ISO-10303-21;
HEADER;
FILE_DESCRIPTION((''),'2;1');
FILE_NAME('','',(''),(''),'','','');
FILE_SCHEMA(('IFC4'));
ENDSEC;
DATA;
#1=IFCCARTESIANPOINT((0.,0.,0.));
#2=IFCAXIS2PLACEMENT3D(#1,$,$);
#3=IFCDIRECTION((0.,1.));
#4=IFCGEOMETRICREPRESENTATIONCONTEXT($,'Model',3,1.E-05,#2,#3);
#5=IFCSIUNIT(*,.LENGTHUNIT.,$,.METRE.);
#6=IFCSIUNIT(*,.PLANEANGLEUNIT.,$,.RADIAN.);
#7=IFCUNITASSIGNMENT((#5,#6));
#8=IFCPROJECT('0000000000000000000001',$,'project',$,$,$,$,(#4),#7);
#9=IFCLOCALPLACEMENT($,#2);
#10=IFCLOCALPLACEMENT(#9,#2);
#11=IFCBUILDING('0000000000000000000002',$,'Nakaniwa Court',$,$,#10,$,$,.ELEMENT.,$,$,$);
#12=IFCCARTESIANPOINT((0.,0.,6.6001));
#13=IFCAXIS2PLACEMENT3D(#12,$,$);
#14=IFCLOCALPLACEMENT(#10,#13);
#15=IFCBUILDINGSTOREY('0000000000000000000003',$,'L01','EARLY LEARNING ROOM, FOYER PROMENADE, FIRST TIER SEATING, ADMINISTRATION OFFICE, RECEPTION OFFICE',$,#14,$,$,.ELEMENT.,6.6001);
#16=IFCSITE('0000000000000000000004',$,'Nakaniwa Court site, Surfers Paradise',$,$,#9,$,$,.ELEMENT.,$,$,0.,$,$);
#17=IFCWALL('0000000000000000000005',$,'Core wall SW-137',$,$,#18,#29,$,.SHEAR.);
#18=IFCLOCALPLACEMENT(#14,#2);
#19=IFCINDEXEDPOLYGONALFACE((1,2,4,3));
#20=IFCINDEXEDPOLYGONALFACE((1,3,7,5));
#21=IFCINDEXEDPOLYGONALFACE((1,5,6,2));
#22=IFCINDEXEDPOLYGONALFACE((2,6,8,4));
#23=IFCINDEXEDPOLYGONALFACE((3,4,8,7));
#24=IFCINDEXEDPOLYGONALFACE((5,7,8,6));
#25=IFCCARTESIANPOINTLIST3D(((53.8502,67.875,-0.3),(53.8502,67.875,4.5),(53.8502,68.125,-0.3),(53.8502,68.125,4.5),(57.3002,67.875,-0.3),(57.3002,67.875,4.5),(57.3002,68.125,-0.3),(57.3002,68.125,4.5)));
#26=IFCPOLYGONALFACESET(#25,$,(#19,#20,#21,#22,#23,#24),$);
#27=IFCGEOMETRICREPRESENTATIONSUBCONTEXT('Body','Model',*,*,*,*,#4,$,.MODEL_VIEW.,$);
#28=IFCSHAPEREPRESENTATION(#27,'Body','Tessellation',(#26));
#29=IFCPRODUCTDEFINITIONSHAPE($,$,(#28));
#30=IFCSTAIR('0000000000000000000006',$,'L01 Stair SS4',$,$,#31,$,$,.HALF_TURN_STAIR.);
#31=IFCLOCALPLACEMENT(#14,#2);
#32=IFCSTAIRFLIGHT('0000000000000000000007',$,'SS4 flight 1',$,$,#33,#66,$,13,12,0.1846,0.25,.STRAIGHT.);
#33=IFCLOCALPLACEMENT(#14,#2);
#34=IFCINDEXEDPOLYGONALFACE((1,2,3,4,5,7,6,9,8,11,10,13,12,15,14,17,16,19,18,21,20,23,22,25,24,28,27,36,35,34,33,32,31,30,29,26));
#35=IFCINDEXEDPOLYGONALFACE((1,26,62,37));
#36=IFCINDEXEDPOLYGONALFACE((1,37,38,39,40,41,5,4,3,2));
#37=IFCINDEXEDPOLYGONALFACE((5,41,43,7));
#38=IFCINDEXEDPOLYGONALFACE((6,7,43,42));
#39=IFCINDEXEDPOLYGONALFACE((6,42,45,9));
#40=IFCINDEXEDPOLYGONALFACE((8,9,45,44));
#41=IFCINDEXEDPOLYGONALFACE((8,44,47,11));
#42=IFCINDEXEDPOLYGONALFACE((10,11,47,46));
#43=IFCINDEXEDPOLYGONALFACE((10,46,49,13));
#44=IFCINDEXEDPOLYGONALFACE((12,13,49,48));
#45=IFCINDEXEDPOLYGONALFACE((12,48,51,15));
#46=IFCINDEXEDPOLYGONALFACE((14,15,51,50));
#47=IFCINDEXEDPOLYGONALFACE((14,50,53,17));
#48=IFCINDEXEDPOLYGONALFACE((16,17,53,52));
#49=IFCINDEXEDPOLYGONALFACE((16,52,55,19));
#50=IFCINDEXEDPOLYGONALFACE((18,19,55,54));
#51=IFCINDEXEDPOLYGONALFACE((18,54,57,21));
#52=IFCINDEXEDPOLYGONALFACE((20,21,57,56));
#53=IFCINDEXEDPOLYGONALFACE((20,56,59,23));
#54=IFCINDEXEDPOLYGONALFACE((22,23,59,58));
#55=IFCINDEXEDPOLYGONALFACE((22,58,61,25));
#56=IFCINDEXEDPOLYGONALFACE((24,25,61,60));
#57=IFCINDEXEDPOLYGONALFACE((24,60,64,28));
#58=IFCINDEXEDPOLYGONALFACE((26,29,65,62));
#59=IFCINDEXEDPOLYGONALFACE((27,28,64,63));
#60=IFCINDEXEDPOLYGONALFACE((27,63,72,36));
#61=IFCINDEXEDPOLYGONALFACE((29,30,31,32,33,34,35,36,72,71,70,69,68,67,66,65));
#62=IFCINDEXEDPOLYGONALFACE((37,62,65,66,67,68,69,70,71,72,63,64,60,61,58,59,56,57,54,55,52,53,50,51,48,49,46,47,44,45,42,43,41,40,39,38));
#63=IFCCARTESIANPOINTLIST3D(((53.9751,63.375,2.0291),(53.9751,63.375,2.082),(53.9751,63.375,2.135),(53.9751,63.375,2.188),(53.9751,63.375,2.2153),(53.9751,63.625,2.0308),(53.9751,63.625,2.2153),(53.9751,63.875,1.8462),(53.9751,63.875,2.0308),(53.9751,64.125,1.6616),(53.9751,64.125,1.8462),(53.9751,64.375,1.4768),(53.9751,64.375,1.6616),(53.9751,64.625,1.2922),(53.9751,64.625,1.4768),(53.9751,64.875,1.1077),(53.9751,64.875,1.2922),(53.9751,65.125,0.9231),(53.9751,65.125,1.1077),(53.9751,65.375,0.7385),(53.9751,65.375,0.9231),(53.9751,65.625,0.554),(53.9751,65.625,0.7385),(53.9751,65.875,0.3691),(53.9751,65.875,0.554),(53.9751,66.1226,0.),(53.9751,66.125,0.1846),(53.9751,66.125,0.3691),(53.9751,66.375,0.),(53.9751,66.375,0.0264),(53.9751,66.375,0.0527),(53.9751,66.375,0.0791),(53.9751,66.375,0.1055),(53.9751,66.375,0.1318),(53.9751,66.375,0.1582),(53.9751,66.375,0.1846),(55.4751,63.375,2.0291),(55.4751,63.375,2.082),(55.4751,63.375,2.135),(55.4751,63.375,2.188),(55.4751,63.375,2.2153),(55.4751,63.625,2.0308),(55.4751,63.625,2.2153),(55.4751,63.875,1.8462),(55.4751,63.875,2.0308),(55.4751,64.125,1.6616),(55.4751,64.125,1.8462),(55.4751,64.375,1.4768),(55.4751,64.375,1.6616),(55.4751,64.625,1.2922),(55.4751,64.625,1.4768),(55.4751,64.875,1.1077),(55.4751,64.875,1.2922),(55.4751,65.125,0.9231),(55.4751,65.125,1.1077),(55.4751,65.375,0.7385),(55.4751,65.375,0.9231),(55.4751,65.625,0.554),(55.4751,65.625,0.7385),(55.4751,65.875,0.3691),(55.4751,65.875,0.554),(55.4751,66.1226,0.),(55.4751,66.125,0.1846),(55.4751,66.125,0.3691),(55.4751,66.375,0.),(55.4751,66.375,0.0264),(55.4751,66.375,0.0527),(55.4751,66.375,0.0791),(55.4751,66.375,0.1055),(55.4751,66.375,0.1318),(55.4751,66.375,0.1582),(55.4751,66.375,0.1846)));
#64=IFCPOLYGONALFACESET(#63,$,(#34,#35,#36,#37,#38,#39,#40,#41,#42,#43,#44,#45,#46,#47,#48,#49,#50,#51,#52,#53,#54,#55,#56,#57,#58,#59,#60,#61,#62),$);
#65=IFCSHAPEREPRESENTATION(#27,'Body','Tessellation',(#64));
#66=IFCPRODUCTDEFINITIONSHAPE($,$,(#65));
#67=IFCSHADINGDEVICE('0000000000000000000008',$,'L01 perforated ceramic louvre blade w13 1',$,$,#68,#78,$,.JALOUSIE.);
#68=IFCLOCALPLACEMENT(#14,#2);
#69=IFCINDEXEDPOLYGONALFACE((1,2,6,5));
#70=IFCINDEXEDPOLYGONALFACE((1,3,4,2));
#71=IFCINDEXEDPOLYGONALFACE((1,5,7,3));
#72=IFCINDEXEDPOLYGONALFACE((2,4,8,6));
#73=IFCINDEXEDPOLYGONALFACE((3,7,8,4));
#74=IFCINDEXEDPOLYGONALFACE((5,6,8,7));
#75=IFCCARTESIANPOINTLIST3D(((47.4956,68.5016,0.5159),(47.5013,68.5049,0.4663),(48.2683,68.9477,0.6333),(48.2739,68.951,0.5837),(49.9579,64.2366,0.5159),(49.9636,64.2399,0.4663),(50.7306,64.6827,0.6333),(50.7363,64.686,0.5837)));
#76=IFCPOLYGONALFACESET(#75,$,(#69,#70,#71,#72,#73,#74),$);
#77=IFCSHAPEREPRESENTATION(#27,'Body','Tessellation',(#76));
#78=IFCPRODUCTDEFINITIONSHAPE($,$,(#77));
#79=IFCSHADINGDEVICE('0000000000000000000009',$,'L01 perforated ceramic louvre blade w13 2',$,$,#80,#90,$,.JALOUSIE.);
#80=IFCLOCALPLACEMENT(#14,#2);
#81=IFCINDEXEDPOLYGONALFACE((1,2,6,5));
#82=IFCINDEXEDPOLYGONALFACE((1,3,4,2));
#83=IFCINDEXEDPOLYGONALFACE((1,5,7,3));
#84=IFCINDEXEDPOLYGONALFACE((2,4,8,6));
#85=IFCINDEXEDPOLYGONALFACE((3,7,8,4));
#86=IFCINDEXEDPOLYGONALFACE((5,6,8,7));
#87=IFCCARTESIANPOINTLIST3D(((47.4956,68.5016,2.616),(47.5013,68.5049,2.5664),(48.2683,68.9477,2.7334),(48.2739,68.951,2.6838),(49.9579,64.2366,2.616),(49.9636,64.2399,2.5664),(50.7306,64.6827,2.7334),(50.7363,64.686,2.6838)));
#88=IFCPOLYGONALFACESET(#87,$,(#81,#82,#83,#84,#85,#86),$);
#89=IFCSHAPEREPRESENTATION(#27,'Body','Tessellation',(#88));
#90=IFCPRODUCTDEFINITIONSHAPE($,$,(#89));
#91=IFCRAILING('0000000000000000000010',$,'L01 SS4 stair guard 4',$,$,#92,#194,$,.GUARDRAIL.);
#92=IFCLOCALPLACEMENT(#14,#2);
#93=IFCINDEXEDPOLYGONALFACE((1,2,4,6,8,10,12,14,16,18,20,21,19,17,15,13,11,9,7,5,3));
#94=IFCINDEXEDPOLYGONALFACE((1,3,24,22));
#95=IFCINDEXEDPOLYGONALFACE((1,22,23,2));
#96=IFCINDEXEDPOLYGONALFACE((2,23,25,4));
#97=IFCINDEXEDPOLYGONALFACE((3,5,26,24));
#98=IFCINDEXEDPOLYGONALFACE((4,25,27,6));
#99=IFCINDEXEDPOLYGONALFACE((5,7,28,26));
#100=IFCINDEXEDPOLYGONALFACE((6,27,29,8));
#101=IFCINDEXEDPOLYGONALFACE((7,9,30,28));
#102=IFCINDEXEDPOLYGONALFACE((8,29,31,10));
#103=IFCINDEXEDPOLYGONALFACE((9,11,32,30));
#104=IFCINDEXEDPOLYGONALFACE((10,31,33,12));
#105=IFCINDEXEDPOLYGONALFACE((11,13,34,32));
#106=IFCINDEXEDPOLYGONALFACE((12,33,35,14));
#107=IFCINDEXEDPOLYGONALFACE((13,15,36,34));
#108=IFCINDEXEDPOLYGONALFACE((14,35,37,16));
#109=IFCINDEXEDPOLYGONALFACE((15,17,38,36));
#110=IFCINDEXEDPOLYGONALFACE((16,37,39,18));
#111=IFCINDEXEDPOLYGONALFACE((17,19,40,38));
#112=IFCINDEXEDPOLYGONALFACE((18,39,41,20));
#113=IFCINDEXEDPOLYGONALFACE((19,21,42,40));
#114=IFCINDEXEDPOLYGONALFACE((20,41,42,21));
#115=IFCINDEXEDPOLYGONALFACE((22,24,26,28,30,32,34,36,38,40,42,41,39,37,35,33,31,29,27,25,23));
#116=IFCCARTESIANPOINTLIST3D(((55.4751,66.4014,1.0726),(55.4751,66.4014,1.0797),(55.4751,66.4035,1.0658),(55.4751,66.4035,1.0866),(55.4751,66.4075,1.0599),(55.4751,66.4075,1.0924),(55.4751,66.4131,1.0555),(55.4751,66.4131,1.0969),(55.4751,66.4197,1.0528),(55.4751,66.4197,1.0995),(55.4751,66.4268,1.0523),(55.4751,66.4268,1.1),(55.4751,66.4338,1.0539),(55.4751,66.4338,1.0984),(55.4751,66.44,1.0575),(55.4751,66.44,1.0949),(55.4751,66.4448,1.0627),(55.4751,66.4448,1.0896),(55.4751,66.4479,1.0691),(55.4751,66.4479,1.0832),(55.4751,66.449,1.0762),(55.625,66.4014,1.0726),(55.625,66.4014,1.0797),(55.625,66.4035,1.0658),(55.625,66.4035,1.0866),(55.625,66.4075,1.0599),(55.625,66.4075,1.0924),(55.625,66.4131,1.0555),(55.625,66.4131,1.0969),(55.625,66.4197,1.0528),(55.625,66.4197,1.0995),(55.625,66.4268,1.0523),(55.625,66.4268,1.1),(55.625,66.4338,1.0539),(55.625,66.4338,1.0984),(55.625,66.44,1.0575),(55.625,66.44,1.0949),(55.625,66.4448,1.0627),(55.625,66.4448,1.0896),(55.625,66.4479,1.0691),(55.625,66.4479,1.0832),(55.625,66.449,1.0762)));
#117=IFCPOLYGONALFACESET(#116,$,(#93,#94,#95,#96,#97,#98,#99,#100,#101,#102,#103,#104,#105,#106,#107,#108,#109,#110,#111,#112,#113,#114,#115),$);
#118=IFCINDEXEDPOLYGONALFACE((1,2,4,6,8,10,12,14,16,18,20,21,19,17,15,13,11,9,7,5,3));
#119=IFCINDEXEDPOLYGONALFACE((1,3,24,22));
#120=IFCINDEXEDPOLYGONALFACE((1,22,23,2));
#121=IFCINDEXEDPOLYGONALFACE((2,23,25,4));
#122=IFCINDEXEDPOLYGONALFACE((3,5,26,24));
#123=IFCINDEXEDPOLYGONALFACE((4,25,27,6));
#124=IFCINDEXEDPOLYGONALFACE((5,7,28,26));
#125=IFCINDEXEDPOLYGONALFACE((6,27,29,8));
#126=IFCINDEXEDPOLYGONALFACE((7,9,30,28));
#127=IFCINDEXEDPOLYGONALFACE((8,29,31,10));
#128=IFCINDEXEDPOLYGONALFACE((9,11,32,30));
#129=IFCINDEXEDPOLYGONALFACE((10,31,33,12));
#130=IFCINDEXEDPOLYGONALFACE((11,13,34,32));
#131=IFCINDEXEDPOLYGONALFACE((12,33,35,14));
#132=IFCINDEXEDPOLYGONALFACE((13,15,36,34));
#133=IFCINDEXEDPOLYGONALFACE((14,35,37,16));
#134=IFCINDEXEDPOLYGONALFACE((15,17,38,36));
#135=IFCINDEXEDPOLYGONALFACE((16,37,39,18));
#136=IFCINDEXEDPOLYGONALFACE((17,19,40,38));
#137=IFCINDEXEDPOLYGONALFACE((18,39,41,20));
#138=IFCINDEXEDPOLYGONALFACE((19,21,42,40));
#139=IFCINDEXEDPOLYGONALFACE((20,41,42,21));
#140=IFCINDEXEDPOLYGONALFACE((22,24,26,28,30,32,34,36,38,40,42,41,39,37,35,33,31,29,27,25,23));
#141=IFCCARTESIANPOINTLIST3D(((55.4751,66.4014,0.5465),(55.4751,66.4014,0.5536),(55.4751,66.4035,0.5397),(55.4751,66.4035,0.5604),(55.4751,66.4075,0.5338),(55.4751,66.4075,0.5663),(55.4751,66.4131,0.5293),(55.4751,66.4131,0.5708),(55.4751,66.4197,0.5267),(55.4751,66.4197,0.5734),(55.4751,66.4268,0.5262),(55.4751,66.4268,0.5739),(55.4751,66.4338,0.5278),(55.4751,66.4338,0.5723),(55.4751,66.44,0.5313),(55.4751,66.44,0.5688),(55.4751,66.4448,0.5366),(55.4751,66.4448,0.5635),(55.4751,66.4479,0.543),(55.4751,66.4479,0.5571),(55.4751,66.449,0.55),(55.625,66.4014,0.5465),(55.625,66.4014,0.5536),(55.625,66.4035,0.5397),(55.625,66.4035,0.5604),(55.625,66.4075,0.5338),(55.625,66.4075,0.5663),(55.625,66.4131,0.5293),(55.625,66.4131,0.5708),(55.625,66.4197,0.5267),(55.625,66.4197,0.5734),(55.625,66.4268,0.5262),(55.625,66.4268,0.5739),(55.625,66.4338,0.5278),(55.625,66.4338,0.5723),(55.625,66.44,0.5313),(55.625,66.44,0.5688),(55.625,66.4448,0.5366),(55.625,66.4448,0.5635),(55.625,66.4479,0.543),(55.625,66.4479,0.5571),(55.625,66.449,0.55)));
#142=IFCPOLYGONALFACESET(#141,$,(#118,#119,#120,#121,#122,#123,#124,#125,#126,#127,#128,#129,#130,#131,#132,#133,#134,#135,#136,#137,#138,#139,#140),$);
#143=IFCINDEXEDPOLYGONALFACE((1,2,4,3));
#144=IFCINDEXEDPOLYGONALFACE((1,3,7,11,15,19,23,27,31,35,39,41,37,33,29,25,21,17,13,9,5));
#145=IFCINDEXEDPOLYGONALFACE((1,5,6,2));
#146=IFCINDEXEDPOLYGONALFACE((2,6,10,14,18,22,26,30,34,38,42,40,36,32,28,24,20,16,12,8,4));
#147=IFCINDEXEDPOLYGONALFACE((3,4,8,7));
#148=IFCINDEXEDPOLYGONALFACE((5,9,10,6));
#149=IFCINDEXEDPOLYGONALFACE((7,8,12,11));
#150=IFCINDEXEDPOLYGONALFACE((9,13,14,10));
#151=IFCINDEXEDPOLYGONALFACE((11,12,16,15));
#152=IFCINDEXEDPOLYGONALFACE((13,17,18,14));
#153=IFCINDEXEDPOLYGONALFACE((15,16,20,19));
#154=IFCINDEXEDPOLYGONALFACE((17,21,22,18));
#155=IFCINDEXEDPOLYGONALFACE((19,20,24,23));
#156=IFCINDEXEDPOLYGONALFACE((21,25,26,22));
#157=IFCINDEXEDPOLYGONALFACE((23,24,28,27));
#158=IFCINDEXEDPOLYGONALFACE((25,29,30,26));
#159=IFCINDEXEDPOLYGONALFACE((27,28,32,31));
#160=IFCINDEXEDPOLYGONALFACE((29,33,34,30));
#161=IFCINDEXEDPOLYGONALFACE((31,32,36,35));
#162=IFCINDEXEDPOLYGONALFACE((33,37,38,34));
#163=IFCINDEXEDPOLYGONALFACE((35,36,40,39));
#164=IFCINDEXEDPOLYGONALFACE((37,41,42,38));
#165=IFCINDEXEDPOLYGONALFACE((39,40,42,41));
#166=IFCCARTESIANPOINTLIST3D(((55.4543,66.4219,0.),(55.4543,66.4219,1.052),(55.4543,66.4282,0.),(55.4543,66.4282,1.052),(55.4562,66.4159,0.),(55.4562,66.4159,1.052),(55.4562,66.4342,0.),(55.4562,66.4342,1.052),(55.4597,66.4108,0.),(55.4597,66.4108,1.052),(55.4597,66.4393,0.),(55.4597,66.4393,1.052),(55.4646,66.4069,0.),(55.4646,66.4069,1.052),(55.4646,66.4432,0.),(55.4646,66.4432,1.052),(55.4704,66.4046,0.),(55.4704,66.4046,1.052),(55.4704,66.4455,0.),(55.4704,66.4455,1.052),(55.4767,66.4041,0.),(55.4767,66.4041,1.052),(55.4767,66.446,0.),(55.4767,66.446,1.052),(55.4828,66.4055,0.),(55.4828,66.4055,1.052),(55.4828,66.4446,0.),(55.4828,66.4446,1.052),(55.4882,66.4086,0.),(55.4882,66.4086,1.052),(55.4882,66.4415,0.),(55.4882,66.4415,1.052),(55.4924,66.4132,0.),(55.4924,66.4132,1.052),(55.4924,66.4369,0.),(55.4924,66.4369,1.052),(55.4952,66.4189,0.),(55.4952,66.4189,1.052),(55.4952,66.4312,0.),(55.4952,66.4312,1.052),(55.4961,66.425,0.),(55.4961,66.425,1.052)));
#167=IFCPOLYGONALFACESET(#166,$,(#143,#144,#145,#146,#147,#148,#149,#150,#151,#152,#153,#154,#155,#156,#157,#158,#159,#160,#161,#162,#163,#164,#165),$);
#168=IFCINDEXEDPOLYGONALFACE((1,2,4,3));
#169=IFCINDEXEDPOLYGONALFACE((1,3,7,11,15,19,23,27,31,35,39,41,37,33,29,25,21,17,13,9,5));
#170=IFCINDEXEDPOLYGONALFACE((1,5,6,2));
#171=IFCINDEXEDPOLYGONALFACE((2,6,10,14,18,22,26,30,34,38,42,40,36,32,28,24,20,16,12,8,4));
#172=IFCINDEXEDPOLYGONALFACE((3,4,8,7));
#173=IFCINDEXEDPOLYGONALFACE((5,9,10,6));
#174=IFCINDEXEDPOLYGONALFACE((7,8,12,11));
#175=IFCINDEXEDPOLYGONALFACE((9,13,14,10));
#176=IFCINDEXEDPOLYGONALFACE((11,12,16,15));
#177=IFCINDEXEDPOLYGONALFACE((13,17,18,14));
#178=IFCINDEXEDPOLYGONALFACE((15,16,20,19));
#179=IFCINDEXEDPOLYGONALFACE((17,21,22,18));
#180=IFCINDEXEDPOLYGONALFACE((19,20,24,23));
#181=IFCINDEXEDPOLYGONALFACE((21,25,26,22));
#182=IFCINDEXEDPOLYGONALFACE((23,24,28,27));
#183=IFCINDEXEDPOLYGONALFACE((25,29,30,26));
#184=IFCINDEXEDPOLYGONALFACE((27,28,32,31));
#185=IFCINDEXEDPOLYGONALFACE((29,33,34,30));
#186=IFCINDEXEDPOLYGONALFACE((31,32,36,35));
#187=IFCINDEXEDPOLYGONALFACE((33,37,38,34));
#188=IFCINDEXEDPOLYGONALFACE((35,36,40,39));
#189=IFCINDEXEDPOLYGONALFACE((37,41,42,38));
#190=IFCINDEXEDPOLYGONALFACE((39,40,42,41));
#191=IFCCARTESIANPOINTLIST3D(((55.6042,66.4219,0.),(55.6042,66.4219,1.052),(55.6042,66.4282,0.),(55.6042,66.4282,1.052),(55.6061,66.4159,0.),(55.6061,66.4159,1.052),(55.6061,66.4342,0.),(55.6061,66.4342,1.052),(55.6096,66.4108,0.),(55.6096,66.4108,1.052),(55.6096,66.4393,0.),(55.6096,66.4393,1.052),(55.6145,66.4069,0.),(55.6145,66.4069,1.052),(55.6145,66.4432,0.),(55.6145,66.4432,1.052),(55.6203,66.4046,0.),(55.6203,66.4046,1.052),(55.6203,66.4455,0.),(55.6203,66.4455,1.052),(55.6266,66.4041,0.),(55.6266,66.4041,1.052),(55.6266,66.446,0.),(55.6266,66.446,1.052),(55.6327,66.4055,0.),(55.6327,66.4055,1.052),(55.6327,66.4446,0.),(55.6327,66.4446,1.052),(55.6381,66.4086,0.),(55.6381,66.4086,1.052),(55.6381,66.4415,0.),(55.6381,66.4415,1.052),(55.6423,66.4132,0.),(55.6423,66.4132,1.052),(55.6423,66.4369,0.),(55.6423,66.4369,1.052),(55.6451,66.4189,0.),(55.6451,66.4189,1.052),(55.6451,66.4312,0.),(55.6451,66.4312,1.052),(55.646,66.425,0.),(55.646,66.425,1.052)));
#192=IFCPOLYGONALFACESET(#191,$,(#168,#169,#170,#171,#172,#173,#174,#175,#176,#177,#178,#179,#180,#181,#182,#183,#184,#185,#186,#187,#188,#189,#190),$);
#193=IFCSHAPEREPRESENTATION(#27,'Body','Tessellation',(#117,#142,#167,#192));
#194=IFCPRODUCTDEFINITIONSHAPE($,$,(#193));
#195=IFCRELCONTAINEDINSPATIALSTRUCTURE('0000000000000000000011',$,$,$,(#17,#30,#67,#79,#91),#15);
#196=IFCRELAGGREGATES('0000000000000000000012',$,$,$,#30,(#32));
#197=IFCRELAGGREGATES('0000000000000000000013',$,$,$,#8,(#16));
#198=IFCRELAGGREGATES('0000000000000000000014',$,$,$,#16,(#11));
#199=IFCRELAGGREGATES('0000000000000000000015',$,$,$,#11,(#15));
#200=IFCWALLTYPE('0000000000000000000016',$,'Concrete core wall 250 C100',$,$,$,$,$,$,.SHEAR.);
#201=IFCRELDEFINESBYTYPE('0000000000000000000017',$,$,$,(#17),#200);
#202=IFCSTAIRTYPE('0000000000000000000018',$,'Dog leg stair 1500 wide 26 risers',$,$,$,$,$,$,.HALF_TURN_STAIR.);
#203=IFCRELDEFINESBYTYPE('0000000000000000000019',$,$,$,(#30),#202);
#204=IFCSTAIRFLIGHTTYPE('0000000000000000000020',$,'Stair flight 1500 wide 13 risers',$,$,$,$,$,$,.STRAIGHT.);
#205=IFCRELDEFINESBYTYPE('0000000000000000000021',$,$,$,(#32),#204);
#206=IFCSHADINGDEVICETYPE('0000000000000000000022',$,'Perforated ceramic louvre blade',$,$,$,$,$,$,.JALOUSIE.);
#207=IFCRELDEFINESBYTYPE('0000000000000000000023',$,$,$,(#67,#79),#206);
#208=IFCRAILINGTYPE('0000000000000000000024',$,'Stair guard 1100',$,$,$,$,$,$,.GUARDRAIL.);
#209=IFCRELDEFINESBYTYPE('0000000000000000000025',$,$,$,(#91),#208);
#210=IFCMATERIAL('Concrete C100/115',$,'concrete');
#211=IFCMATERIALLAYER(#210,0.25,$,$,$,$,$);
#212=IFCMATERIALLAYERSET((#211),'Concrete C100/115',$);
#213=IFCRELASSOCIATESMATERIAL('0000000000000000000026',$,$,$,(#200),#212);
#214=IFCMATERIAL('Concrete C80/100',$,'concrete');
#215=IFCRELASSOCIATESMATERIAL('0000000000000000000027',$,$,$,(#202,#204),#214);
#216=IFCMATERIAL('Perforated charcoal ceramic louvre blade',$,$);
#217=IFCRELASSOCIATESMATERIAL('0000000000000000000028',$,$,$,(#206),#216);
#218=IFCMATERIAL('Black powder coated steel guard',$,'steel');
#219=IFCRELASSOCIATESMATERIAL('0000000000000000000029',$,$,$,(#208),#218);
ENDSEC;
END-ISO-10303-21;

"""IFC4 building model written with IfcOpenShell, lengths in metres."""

from ifc_helpers import new_model, si_unit, direction, frame, frame_2d, origin, origin_2d, place, context, subcontext, project, spatial, polyline, rectangle, circle, outline, extrude, material, layer, layer_set, material_profile, profile_set, type_object, element, aggregate, save


model = new_model("IFC4")

# Units and contexts
model_context = context("Model", 3, precision=1e-05, world=origin(), true_north=direction((0.0, 1.0)))
body_context = subcontext(model_context, "Body", "Model", "MODEL_VIEW")
ifc_project = project(units=[si_unit("LENGTHUNIT", "METRE"), si_unit("PLANEANGLEUNIT", "RADIAN")], contexts=[model_context])

# Site, building, storey
site_placement = place(None, origin())
site = spatial("IfcSite", under=ifc_project, at=site_placement, Name="Nakaniwa Court site, Surfers Paradise", CompositionType="ELEMENT", RefElevation=0.0)
building_placement = place(site_placement, origin())
building = spatial("IfcBuilding", under=site, at=building_placement, Name="Nakaniwa Court", CompositionType="ELEMENT")
storey_placement = place(building_placement, frame((0.0, 0.0, 6.6001)))
storey = spatial("IfcBuildingStorey", under=building, at=storey_placement, Name="L01", Description="EARLY LEARNING ROOM, FOYER PROMENADE, FIRST TIER SEATING, ADMINISTRATION OFFICE, RECEPTION OFFICE", CompositionType="ELEMENT", Elevation=6.6001)

# Shared definitions
ifc_material_1 = material(Name="Concrete C100/115", Category="concrete")

# Wall
ifc_layer_1 = layer(ifc_material_1, 0.25)
ifc_layer_set_1 = layer_set([ifc_layer_1], Name="Concrete C100/115")
wall_type_1 = type_object("IfcWallType", Name="Concrete core wall 250 C100", PredefinedType="SHEAR", material=ifc_layer_set_1)
wall_1_placement = place(storey_placement, frame((53.8501, 68.0, -0.3), z_axis=(0.0, 0.0, 1.0), x_axis=(1.0, 0.0, 0.0)))
element("IfcWall", 1, at=wall_1_placement, inside=storey, type_object=wall_type_1, Name="Core wall SW-137", PredefinedType="SHEAR", context=body_context, shape_type="SweptSolid", body=[
    extrude(rectangle(XDim=3.45, YDim=0.25, at=frame_2d((1.7251, 0.0))), origin(), (0.0, 0.0, 1.0), 4.8),
])

# Stair, stair flight
ifc_material_2 = material(Name="Concrete C80/100", Category="concrete")
stair_type = type_object("IfcStairType", Name="Dog leg stair 1500 wide 26 risers", PredefinedType="HALF_TURN_STAIR", material=ifc_material_2)
stair_placement = place(storey_placement, origin())
stair = element("IfcStair", 2, at=stair_placement, inside=storey, type_object=stair_type, Name="L01 Stair SS4", PredefinedType="HALF_TURN_STAIR")
stair_flight_type = type_object("IfcStairFlightType", Name="Stair flight 1500 wide 13 risers", PredefinedType="STRAIGHT", material=ifc_material_2)
stair_flight_placement = place(storey_placement, frame((54.7251, 66.375, 0.0), z_axis=(0.0, 0.0, 1.0), x_axis=(0.0, -1.0, 0.0)))
stair_flight = element("IfcStairFlight", 3, at=stair_flight_placement, type_object=stair_flight_type, Name="SS4 flight 1", NumberOfRisers=13, NumberOfTreads=12, PredefinedType="STRAIGHT", RiserHeight=0.1846, TreadLength=0.25, context=body_context, shape_type="SweptSolid", body=[
    extrude(outline(polyline([(0.0, 0.0), (0.0, 0.0264), (0.0, 0.0527), (0.0, 0.0791), (0.0, 0.1055), (0.0, 0.1318), (0.0, 0.1582), (0.0, 0.1846), (0.25, 0.1846), (0.25, 0.3691), (0.5, 0.3691), (0.5, 0.554), (0.75, 0.554), (0.75, 0.7385), (1.0, 0.7385), (1.0, 0.9231), (1.25, 0.9231), (1.25, 1.1077), (1.5, 1.1077), (1.5, 1.2922), (1.75, 1.2922), (1.75, 1.4768), (2.0, 1.4768), (2.0, 1.6616), (2.25, 1.6616), (2.25, 1.8462), (2.5, 1.8462), (2.5, 2.0308), (2.75, 2.0308), (2.75, 2.2153), (3.0, 2.2153), (3.0, 2.3999), (3.0, 2.3469), (3.0, 2.2939), (3.0, 2.241), (3.0, 2.188), (3.0, 2.135), (3.0, 2.082), (3.0, 2.0291), (0.2524, 0.0), (0.0, 0.0)])), frame((0.0, 0.75, 0.0), z_axis=(0.0, -1.0, 0.0), x_axis=(1.0, 0.0, 0.0)), (0.0, 0.0, 1.0), 1.5),
])
aggregate(stair, [stair_flight])

# Shading devices
ifc_material_3 = material(Name="Perforated charcoal ceramic louvre blade")
ifc_material_profile_1 = material_profile(ifc_material_3, rectangle(XDim=0.8999, YDim=0.05, at=origin_2d()), Name="Perforated ceramic louvre blade")
ifc_profile_set_1 = profile_set([ifc_material_profile_1], Name="Perforated charcoal ceramic louvre blade")
shading_device_type = type_object("IfcShadingDeviceType", Name="Perforated ceramic louvre blade", PredefinedType="JALOUSIE", material=ifc_profile_set_1)
for number, where, z_axis, x_axis, name in (
    (4, (47.8848, 68.7263, 0.5498), (0.499989, -0.866032, 0.0), (0.858623, 0.495711, 0.130526), "L01 perforated ceramic louvre blade w13 1"),
    (5, (47.8848, 68.7263, 2.6499), (0.499989, -0.866032, 0.0), (0.858623, 0.495711, 0.130526), "L01 perforated ceramic louvre blade w13 2"),
):
    element("IfcShadingDevice", number, at=place(storey_placement, frame(where, z_axis=z_axis, x_axis=x_axis)), inside=storey, type_object=shading_device_type, Name=name, PredefinedType="JALOUSIE", context=body_context, shape_type="SweptSolid", body=[
        extrude(rectangle(XDim=0.8999, YDim=0.05, at=origin_2d()), origin(), (0.0, 0.0, 1.0), 4.9248),
    ])

# Railing
ifc_material_4 = material(Name="Black powder coated steel guard", Category="steel")
railing_type_1 = type_object("IfcRailingType", Name="Stair guard 1100", PredefinedType="GUARDRAIL", material=ifc_material_4)
railing_1_placement = place(storey_placement, frame((55.4751, 66.425, 0.0)))
element("IfcRailing", 6, at=railing_1_placement, inside=storey, type_object=railing_type_1, Name="L01 SS4 stair guard 4", PredefinedType="GUARDRAIL", context=body_context, shape_type="SweptSolid", body=[
    extrude(circle(Radius=0.0239, at=origin_2d()), frame((0.0, 0.0, 1.0762), z_axis=(1.0, 0.0, 0.0), x_axis=(0.0, 1.0, 0.0)), (0.0, 0.0, 1.0), 0.1499),
    extrude(circle(Radius=0.0239, at=origin_2d()), frame((0.0, 0.0, 0.55), z_axis=(1.0, 0.0, 0.0), x_axis=(0.0, 1.0, 0.0)), (0.0, 0.0, 1.0), 0.1499),
    extrude(circle(Radius=0.021, at=origin_2d()), origin(), (0.0, 0.0, 1.0), 1.052),
    extrude(circle(Radius=0.021, at=origin_2d()), frame((0.1499, 0.0, 0.0)), (0.0, 0.0, 1.0), 1.052),
])

save(model, "model.ifc")
